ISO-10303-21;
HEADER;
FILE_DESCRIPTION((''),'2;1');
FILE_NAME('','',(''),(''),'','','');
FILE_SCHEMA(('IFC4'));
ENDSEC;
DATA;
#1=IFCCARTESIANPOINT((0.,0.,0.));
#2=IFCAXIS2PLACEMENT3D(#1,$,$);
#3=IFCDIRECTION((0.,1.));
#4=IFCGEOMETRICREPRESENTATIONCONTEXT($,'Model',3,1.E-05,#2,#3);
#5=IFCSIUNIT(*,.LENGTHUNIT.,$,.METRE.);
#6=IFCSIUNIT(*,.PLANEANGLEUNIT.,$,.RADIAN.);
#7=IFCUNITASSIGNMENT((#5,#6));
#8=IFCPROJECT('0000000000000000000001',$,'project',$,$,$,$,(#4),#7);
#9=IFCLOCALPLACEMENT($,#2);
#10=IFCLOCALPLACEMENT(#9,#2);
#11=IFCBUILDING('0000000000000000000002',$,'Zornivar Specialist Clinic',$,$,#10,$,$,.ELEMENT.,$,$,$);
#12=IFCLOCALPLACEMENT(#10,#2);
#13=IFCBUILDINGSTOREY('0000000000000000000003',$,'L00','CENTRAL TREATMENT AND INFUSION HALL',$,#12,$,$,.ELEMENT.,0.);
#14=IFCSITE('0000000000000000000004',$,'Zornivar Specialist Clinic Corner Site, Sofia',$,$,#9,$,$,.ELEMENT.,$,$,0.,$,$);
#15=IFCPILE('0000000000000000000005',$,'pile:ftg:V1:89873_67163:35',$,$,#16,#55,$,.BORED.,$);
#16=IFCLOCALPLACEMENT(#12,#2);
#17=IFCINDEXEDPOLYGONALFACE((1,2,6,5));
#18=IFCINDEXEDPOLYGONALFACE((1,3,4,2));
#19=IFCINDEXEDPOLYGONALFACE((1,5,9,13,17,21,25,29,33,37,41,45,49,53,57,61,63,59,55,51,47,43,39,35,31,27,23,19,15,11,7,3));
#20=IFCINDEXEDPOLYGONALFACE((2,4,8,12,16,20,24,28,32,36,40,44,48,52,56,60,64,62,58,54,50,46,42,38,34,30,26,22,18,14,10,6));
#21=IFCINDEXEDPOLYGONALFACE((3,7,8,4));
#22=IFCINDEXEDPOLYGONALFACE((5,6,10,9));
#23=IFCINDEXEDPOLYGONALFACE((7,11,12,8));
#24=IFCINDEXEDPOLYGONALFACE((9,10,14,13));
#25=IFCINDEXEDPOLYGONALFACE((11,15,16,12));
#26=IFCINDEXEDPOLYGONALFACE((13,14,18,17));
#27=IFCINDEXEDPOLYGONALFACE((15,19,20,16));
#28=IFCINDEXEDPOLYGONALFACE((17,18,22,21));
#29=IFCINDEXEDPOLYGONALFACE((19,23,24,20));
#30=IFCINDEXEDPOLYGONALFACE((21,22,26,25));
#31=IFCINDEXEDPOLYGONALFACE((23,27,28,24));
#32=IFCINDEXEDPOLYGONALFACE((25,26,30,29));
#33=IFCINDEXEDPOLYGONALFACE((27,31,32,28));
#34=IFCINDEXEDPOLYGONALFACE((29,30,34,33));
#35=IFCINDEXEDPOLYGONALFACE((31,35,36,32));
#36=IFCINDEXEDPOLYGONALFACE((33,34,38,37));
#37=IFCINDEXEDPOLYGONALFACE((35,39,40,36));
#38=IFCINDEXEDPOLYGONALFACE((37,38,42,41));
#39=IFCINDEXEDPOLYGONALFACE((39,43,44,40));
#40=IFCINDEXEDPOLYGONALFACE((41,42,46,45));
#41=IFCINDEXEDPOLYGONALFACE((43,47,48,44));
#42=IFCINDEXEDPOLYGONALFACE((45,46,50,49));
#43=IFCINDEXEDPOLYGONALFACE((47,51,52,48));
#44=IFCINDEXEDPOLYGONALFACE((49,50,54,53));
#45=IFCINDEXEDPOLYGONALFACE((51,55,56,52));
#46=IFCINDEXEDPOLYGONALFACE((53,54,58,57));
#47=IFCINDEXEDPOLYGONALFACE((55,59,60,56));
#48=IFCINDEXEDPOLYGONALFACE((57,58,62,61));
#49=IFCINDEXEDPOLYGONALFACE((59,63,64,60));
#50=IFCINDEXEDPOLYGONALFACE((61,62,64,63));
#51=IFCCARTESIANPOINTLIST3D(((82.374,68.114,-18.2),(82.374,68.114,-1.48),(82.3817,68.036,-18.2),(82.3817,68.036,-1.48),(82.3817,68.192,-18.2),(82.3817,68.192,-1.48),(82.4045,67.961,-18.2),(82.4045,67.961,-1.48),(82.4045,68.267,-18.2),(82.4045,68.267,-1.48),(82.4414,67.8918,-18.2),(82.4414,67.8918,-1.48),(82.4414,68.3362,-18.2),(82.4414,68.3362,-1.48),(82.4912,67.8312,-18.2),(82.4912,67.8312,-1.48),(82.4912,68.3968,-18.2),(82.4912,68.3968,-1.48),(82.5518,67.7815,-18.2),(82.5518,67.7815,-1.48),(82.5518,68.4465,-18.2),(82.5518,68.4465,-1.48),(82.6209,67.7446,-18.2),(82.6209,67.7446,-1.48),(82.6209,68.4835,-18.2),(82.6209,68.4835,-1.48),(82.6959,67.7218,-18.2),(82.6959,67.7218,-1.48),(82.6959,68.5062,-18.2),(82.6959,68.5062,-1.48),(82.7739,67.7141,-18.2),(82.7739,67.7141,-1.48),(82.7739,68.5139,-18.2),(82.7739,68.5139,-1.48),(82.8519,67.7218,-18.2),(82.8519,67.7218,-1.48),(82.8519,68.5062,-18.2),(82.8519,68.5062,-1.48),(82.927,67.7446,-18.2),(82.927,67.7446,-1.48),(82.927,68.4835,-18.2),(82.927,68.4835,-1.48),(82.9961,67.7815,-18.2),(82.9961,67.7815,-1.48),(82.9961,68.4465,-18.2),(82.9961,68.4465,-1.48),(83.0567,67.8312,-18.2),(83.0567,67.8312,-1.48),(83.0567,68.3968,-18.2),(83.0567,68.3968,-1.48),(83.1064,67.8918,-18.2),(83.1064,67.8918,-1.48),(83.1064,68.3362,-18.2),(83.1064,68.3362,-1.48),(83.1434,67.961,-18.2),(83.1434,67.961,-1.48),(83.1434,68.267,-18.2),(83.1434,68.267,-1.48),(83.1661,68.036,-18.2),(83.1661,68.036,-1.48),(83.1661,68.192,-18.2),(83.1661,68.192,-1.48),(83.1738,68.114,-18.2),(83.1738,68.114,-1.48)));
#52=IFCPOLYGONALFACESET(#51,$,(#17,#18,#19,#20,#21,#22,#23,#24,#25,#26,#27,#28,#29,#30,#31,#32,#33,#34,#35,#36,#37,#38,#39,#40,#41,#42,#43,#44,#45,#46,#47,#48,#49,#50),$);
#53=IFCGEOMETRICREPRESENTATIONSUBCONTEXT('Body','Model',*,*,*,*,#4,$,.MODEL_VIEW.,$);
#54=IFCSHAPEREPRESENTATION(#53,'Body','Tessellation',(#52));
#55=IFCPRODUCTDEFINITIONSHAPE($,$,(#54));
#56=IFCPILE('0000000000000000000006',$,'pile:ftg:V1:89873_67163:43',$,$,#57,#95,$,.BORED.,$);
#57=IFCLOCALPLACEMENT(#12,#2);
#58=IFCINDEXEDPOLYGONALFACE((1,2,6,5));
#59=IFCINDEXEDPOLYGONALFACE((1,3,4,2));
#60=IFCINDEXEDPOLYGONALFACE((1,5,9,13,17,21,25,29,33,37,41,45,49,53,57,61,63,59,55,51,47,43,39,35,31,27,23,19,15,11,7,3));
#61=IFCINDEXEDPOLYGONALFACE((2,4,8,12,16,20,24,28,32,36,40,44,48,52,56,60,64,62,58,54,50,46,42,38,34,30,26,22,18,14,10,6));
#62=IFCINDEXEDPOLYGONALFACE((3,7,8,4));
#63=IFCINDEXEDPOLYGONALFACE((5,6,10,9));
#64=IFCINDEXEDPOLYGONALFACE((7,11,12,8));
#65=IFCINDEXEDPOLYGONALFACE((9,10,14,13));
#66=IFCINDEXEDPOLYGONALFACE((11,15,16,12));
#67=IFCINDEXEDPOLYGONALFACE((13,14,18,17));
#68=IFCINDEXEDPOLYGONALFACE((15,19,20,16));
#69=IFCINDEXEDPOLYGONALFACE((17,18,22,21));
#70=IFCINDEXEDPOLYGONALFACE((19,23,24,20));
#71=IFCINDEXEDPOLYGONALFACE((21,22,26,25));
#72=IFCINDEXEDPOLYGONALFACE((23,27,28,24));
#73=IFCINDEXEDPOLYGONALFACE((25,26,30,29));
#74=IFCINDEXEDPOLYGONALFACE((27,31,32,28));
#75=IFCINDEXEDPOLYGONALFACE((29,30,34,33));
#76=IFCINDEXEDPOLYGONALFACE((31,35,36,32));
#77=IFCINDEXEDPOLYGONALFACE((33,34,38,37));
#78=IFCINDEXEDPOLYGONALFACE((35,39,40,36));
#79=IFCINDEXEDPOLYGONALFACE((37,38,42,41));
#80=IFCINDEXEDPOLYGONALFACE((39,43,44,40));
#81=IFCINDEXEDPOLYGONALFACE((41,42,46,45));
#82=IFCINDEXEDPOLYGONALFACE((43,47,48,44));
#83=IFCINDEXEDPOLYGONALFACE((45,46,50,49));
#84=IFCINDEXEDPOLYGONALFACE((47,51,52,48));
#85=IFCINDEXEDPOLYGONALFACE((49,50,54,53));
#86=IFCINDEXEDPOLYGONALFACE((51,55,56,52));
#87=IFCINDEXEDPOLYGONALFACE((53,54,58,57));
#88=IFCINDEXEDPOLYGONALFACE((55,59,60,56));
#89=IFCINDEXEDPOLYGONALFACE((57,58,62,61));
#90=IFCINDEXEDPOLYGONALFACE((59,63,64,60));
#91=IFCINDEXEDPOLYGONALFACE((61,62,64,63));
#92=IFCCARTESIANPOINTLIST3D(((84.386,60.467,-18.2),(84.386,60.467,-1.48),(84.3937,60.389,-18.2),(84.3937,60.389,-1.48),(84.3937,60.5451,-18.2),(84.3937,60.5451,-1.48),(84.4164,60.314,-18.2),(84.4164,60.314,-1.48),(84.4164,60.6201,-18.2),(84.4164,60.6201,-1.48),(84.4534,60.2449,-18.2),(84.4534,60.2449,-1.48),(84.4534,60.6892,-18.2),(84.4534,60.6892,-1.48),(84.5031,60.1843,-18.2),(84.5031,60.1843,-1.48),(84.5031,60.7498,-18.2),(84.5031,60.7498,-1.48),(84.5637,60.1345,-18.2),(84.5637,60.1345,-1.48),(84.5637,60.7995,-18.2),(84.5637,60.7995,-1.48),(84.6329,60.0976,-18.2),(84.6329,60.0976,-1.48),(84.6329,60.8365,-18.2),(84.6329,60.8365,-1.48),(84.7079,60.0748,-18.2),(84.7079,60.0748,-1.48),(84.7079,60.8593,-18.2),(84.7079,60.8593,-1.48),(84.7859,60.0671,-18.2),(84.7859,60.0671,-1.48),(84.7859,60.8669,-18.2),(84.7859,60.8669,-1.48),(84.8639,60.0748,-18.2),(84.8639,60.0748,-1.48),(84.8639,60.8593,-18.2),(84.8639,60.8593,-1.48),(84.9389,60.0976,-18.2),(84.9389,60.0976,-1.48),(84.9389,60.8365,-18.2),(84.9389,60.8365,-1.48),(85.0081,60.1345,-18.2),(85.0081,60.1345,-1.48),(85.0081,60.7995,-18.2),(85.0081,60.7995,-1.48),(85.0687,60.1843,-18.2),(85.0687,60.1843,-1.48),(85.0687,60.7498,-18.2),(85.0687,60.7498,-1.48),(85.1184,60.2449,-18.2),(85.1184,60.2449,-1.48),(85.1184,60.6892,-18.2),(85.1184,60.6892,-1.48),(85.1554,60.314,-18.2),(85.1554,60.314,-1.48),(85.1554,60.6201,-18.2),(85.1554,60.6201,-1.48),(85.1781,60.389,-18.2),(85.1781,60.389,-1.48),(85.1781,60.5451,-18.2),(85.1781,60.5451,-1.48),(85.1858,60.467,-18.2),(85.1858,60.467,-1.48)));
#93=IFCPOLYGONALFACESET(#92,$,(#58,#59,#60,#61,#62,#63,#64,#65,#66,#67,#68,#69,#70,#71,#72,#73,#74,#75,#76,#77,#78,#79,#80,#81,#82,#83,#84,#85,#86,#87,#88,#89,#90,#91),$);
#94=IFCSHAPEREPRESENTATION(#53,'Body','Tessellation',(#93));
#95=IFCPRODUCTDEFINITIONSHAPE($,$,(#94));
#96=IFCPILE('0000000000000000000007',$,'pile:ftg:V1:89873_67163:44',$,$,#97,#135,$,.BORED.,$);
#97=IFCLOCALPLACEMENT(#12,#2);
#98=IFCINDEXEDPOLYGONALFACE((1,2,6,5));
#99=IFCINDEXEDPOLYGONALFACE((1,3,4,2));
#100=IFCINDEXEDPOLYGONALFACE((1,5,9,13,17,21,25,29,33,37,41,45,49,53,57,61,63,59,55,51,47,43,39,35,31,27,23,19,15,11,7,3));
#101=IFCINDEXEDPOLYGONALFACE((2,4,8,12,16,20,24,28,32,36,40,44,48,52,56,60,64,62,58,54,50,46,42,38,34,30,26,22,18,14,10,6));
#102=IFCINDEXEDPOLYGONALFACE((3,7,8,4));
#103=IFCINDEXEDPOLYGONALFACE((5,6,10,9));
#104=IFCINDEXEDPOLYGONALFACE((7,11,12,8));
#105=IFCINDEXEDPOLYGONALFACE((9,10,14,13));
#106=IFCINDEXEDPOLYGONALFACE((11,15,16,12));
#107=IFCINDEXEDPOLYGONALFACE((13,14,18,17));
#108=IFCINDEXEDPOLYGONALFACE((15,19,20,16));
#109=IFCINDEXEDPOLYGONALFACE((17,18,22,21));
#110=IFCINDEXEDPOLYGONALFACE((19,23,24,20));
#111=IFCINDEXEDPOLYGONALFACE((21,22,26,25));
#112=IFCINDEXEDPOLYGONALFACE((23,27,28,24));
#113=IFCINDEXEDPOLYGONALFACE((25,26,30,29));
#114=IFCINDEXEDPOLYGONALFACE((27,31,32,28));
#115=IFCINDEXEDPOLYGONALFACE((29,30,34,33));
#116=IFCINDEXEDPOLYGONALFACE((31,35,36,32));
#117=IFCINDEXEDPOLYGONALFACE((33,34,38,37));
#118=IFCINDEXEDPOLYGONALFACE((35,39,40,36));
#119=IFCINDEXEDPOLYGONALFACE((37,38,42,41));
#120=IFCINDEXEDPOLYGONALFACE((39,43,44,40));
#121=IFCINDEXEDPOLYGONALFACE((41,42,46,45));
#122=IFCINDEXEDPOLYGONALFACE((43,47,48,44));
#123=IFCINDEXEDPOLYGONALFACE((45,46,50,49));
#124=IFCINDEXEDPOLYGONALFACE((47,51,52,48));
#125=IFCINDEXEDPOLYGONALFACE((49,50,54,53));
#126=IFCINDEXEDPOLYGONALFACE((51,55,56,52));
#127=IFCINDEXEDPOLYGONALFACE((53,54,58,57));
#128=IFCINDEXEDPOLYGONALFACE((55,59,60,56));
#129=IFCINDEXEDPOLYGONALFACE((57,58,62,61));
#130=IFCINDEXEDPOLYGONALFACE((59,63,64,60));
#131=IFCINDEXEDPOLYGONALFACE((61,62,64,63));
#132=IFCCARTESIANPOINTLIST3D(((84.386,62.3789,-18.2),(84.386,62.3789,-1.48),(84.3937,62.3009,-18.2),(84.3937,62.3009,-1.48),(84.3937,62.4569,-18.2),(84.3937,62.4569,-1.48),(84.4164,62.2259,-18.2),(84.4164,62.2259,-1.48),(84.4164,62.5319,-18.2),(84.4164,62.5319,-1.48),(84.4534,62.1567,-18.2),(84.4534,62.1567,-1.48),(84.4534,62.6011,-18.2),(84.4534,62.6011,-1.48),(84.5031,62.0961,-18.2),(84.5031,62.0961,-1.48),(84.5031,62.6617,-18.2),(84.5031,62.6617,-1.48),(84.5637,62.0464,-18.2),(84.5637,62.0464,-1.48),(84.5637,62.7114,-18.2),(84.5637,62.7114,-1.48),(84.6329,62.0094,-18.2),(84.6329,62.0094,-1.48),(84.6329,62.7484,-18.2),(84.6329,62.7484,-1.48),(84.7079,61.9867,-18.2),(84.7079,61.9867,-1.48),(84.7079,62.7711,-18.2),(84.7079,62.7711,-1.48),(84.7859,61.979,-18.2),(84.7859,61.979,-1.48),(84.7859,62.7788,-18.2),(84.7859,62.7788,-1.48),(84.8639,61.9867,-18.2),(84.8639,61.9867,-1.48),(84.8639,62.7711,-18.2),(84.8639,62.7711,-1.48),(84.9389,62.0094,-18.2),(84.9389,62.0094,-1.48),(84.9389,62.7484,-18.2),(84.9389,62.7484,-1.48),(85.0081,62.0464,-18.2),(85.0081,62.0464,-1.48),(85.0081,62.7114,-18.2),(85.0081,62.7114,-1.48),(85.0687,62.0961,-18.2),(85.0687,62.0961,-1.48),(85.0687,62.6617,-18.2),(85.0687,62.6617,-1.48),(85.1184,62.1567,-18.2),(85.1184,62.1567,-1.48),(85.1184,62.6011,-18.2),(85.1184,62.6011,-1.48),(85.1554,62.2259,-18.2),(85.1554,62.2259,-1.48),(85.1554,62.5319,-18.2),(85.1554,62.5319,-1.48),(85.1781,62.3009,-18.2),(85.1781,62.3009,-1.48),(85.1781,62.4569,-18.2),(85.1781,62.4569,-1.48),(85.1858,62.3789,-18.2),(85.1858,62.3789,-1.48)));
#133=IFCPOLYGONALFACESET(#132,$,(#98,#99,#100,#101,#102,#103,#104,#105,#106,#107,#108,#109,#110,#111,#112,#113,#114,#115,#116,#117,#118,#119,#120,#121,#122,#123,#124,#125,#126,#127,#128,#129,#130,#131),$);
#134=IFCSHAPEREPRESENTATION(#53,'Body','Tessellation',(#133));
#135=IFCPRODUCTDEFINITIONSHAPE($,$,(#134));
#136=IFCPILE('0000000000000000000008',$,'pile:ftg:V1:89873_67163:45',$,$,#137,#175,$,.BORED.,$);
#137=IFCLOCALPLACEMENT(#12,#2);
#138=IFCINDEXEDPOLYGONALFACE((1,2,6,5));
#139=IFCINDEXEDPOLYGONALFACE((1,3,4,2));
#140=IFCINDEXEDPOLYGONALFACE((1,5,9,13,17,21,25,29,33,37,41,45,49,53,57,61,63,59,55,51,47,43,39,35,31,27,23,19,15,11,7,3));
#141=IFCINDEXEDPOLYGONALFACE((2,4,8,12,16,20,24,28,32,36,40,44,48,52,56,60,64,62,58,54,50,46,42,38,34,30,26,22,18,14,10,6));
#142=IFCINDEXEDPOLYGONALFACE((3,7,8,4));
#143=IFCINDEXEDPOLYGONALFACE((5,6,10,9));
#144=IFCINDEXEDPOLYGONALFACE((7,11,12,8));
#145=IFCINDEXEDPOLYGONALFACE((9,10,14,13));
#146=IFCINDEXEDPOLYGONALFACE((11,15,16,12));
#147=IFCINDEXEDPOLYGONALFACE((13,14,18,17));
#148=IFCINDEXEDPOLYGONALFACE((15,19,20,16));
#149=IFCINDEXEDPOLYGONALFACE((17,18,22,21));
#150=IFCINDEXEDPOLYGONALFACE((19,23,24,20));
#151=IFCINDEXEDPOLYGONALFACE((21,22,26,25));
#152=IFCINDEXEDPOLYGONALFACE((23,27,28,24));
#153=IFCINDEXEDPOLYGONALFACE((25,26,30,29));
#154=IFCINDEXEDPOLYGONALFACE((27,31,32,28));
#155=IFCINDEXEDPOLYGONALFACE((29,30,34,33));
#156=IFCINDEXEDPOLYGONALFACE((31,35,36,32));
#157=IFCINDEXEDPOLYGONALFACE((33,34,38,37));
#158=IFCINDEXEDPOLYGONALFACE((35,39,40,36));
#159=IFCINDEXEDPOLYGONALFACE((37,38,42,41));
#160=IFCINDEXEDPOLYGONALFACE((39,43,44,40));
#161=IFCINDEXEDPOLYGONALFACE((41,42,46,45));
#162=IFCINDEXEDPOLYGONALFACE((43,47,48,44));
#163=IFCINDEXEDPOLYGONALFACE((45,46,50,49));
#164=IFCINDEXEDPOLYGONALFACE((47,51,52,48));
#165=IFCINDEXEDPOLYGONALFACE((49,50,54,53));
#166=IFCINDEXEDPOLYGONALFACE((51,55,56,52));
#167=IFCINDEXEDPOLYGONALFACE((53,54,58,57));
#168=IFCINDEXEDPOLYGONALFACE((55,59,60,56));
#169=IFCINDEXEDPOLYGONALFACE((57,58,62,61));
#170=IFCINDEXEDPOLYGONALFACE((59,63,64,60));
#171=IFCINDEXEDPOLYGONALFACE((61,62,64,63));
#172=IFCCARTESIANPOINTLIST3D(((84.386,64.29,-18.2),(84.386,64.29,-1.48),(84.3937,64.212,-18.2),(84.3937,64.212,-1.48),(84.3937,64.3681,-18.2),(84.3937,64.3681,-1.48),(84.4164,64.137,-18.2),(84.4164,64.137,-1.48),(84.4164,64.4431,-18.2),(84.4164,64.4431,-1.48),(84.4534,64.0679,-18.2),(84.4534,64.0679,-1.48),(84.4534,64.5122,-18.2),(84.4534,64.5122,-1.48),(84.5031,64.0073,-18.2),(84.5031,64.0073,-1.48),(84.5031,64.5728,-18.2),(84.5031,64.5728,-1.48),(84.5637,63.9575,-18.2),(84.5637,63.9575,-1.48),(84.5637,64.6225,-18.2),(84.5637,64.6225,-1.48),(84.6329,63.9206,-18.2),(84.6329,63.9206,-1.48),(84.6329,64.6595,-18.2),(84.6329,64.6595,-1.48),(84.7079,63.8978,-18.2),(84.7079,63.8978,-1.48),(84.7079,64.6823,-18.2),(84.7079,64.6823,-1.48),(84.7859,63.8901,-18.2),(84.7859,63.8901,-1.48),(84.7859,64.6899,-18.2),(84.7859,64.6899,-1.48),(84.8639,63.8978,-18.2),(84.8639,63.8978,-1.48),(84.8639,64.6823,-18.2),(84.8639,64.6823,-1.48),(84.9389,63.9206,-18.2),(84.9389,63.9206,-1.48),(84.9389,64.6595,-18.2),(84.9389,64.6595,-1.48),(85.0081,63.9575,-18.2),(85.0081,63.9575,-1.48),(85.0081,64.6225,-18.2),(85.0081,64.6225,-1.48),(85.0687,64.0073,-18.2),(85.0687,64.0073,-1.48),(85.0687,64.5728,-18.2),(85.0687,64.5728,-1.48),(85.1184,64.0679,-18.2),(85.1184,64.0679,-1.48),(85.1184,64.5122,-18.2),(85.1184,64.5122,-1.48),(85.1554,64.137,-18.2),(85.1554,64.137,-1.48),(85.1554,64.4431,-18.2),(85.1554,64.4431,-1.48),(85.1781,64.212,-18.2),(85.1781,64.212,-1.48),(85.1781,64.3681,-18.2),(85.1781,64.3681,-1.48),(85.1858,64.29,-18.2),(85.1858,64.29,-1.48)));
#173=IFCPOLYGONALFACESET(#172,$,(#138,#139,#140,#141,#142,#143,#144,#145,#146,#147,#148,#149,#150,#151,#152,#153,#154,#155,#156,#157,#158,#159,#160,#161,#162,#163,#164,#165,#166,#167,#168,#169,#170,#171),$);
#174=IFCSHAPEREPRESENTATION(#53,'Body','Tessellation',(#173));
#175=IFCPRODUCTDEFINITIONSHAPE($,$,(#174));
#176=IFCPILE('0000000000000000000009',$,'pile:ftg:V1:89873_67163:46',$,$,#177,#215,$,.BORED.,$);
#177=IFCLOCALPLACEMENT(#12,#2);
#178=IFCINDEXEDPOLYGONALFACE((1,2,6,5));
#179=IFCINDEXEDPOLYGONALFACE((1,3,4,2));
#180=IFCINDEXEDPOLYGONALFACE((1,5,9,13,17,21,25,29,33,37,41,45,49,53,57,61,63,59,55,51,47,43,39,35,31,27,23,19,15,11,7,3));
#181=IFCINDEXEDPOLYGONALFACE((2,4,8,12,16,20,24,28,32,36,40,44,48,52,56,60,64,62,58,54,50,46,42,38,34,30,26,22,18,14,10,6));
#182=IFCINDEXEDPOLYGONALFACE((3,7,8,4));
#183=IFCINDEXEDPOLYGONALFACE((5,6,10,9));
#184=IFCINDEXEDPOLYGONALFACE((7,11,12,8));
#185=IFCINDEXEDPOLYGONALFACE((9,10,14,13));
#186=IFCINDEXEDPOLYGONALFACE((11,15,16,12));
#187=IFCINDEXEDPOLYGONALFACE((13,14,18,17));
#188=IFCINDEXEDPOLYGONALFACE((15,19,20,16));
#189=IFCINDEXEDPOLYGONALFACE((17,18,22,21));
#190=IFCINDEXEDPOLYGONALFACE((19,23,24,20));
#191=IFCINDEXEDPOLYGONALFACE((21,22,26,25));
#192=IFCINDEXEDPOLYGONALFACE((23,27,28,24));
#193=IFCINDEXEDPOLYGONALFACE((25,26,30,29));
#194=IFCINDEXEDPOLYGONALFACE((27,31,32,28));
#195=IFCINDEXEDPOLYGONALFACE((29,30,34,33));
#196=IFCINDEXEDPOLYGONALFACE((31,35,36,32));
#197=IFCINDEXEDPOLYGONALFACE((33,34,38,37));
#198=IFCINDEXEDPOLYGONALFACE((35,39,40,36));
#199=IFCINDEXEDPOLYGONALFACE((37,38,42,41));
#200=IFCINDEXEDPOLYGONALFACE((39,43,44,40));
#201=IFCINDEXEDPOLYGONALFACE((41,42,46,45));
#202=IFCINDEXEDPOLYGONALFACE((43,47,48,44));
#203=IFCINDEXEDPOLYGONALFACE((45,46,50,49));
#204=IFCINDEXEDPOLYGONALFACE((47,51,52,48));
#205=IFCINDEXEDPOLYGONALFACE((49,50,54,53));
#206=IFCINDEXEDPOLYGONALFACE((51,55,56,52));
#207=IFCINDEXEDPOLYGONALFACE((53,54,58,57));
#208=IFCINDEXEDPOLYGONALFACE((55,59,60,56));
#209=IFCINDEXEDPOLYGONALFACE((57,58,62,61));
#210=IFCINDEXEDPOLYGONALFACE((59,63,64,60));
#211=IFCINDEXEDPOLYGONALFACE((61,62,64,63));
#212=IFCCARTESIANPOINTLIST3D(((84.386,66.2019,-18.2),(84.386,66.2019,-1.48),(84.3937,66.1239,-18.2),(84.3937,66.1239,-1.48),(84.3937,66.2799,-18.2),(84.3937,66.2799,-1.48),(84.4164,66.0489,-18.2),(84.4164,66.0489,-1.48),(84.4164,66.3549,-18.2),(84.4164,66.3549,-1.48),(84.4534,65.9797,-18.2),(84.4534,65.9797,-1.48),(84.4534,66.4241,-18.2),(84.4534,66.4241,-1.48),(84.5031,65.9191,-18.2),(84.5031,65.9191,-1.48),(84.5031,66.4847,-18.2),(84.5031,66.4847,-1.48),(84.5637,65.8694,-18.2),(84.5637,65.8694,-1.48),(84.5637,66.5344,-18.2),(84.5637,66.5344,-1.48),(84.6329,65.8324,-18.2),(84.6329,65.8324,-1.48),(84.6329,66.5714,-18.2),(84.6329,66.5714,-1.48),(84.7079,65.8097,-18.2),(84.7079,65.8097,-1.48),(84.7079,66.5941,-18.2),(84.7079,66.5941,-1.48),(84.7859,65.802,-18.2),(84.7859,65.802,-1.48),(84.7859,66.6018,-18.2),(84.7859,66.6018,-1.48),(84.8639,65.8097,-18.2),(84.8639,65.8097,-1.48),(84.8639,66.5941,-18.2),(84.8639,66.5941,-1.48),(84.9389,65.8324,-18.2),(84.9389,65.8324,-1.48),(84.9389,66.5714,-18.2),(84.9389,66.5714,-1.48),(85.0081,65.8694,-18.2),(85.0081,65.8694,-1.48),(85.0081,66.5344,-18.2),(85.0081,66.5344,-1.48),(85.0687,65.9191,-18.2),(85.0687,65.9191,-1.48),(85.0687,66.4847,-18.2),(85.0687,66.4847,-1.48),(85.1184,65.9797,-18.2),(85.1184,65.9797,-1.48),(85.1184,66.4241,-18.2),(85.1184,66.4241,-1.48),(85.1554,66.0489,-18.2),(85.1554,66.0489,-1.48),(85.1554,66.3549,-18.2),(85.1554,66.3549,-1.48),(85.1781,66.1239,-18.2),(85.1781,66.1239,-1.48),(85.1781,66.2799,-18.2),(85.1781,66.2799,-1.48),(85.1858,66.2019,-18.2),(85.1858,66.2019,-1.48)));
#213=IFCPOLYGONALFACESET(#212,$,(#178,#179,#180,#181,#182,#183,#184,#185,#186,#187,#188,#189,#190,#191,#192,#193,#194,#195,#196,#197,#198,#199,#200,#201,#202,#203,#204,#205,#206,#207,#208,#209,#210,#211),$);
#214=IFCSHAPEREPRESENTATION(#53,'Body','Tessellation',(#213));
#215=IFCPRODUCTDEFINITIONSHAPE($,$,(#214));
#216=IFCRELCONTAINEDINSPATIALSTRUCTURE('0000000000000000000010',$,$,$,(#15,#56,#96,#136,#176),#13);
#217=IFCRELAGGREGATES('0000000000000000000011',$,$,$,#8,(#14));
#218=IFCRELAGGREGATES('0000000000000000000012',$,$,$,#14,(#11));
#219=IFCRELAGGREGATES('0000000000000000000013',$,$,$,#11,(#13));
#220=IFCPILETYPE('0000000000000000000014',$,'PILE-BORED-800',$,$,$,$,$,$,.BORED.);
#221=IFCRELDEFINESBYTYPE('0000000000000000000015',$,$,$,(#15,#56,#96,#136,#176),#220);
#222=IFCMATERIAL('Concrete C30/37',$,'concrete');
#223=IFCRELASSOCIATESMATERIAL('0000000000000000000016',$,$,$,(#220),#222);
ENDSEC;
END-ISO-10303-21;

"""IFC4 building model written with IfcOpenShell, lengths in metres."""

from ifc_helpers import new_model, si_unit, direction, frame, origin, origin_2d, place, context, subcontext, project, spatial, circle, extrude, material, material_profile, profile_set, type_object, element, save


model = new_model("IFC4")

# Units and contexts
model_context = context("Model", 3, precision=1e-05, world=origin(), true_north=direction((0.0, 1.0)))
body_context = subcontext(model_context, "Body", "Model", "MODEL_VIEW")
ifc_project = project(units=[si_unit("LENGTHUNIT", "METRE"), si_unit("PLANEANGLEUNIT", "RADIAN")], contexts=[model_context])

# Site, building, storey
site_placement = place(None, origin())
site = spatial("IfcSite", under=ifc_project, at=site_placement, Name="Zornivar Specialist Clinic Corner Site, Sofia", CompositionType="ELEMENT", RefElevation=0.0)
building_placement = place(site_placement, origin())
building = spatial("IfcBuilding", under=site, at=building_placement, Name="Zornivar Specialist Clinic", CompositionType="ELEMENT")
storey_placement = place(building_placement, origin())
storey = spatial("IfcBuildingStorey", under=building, at=storey_placement, Name="L00", Description="CENTRAL TREATMENT AND INFUSION HALL", CompositionType="ELEMENT", Elevation=0.0)

# Piles
ifc_material_1 = material(Name="Concrete C30/37", Category="concrete")
ifc_material_profile_1 = material_profile(ifc_material_1, circle(Radius=0.3999, at=origin_2d()), Name="PILE D800")
ifc_profile_set_1 = profile_set([ifc_material_profile_1], Name="Concrete C30/37")
pile_type = type_object("IfcPileType", Name="PILE-BORED-800", PredefinedType="BORED", material=ifc_profile_set_1)
for number, where, z_axis, x_axis, name in (
    (1, (82.7739, 68.114, -1.48), (0.0, 0.0, -1.0), (1.0, 0.0, 0.0), "pile:ftg:V1:89873_67163:35"),
    (2, (84.7859, 60.467, -1.48), (0.0, 0.0, -1.0), (1.0, 0.0, 0.0), "pile:ftg:V1:89873_67163:43"),
    (3, (84.7859, 62.3789, -1.48), (0.0, 0.0, -1.0), (1.0, 0.0, 0.0), "pile:ftg:V1:89873_67163:44"),
    (4, (84.7859, 64.29, -1.48), (0.0, 0.0, -1.0), (1.0, 0.0, 0.0), "pile:ftg:V1:89873_67163:45"),
    (5, (84.7859, 66.2019, -1.48), (0.0, 0.0, -1.0), (1.0, 0.0, 0.0), "pile:ftg:V1:89873_67163:46"),
):
    element("IfcPile", number, at=place(storey_placement, frame(where, z_axis=z_axis, x_axis=x_axis)), inside=storey, type_object=pile_type, Name=name, PredefinedType="BORED", context=body_context, shape_type="SweptSolid", body=[
        extrude(circle(Radius=0.3999, at=origin_2d()), origin(), (0.0, 0.0, 1.0), 16.72),
    ])

save(model, "model.ifc")
